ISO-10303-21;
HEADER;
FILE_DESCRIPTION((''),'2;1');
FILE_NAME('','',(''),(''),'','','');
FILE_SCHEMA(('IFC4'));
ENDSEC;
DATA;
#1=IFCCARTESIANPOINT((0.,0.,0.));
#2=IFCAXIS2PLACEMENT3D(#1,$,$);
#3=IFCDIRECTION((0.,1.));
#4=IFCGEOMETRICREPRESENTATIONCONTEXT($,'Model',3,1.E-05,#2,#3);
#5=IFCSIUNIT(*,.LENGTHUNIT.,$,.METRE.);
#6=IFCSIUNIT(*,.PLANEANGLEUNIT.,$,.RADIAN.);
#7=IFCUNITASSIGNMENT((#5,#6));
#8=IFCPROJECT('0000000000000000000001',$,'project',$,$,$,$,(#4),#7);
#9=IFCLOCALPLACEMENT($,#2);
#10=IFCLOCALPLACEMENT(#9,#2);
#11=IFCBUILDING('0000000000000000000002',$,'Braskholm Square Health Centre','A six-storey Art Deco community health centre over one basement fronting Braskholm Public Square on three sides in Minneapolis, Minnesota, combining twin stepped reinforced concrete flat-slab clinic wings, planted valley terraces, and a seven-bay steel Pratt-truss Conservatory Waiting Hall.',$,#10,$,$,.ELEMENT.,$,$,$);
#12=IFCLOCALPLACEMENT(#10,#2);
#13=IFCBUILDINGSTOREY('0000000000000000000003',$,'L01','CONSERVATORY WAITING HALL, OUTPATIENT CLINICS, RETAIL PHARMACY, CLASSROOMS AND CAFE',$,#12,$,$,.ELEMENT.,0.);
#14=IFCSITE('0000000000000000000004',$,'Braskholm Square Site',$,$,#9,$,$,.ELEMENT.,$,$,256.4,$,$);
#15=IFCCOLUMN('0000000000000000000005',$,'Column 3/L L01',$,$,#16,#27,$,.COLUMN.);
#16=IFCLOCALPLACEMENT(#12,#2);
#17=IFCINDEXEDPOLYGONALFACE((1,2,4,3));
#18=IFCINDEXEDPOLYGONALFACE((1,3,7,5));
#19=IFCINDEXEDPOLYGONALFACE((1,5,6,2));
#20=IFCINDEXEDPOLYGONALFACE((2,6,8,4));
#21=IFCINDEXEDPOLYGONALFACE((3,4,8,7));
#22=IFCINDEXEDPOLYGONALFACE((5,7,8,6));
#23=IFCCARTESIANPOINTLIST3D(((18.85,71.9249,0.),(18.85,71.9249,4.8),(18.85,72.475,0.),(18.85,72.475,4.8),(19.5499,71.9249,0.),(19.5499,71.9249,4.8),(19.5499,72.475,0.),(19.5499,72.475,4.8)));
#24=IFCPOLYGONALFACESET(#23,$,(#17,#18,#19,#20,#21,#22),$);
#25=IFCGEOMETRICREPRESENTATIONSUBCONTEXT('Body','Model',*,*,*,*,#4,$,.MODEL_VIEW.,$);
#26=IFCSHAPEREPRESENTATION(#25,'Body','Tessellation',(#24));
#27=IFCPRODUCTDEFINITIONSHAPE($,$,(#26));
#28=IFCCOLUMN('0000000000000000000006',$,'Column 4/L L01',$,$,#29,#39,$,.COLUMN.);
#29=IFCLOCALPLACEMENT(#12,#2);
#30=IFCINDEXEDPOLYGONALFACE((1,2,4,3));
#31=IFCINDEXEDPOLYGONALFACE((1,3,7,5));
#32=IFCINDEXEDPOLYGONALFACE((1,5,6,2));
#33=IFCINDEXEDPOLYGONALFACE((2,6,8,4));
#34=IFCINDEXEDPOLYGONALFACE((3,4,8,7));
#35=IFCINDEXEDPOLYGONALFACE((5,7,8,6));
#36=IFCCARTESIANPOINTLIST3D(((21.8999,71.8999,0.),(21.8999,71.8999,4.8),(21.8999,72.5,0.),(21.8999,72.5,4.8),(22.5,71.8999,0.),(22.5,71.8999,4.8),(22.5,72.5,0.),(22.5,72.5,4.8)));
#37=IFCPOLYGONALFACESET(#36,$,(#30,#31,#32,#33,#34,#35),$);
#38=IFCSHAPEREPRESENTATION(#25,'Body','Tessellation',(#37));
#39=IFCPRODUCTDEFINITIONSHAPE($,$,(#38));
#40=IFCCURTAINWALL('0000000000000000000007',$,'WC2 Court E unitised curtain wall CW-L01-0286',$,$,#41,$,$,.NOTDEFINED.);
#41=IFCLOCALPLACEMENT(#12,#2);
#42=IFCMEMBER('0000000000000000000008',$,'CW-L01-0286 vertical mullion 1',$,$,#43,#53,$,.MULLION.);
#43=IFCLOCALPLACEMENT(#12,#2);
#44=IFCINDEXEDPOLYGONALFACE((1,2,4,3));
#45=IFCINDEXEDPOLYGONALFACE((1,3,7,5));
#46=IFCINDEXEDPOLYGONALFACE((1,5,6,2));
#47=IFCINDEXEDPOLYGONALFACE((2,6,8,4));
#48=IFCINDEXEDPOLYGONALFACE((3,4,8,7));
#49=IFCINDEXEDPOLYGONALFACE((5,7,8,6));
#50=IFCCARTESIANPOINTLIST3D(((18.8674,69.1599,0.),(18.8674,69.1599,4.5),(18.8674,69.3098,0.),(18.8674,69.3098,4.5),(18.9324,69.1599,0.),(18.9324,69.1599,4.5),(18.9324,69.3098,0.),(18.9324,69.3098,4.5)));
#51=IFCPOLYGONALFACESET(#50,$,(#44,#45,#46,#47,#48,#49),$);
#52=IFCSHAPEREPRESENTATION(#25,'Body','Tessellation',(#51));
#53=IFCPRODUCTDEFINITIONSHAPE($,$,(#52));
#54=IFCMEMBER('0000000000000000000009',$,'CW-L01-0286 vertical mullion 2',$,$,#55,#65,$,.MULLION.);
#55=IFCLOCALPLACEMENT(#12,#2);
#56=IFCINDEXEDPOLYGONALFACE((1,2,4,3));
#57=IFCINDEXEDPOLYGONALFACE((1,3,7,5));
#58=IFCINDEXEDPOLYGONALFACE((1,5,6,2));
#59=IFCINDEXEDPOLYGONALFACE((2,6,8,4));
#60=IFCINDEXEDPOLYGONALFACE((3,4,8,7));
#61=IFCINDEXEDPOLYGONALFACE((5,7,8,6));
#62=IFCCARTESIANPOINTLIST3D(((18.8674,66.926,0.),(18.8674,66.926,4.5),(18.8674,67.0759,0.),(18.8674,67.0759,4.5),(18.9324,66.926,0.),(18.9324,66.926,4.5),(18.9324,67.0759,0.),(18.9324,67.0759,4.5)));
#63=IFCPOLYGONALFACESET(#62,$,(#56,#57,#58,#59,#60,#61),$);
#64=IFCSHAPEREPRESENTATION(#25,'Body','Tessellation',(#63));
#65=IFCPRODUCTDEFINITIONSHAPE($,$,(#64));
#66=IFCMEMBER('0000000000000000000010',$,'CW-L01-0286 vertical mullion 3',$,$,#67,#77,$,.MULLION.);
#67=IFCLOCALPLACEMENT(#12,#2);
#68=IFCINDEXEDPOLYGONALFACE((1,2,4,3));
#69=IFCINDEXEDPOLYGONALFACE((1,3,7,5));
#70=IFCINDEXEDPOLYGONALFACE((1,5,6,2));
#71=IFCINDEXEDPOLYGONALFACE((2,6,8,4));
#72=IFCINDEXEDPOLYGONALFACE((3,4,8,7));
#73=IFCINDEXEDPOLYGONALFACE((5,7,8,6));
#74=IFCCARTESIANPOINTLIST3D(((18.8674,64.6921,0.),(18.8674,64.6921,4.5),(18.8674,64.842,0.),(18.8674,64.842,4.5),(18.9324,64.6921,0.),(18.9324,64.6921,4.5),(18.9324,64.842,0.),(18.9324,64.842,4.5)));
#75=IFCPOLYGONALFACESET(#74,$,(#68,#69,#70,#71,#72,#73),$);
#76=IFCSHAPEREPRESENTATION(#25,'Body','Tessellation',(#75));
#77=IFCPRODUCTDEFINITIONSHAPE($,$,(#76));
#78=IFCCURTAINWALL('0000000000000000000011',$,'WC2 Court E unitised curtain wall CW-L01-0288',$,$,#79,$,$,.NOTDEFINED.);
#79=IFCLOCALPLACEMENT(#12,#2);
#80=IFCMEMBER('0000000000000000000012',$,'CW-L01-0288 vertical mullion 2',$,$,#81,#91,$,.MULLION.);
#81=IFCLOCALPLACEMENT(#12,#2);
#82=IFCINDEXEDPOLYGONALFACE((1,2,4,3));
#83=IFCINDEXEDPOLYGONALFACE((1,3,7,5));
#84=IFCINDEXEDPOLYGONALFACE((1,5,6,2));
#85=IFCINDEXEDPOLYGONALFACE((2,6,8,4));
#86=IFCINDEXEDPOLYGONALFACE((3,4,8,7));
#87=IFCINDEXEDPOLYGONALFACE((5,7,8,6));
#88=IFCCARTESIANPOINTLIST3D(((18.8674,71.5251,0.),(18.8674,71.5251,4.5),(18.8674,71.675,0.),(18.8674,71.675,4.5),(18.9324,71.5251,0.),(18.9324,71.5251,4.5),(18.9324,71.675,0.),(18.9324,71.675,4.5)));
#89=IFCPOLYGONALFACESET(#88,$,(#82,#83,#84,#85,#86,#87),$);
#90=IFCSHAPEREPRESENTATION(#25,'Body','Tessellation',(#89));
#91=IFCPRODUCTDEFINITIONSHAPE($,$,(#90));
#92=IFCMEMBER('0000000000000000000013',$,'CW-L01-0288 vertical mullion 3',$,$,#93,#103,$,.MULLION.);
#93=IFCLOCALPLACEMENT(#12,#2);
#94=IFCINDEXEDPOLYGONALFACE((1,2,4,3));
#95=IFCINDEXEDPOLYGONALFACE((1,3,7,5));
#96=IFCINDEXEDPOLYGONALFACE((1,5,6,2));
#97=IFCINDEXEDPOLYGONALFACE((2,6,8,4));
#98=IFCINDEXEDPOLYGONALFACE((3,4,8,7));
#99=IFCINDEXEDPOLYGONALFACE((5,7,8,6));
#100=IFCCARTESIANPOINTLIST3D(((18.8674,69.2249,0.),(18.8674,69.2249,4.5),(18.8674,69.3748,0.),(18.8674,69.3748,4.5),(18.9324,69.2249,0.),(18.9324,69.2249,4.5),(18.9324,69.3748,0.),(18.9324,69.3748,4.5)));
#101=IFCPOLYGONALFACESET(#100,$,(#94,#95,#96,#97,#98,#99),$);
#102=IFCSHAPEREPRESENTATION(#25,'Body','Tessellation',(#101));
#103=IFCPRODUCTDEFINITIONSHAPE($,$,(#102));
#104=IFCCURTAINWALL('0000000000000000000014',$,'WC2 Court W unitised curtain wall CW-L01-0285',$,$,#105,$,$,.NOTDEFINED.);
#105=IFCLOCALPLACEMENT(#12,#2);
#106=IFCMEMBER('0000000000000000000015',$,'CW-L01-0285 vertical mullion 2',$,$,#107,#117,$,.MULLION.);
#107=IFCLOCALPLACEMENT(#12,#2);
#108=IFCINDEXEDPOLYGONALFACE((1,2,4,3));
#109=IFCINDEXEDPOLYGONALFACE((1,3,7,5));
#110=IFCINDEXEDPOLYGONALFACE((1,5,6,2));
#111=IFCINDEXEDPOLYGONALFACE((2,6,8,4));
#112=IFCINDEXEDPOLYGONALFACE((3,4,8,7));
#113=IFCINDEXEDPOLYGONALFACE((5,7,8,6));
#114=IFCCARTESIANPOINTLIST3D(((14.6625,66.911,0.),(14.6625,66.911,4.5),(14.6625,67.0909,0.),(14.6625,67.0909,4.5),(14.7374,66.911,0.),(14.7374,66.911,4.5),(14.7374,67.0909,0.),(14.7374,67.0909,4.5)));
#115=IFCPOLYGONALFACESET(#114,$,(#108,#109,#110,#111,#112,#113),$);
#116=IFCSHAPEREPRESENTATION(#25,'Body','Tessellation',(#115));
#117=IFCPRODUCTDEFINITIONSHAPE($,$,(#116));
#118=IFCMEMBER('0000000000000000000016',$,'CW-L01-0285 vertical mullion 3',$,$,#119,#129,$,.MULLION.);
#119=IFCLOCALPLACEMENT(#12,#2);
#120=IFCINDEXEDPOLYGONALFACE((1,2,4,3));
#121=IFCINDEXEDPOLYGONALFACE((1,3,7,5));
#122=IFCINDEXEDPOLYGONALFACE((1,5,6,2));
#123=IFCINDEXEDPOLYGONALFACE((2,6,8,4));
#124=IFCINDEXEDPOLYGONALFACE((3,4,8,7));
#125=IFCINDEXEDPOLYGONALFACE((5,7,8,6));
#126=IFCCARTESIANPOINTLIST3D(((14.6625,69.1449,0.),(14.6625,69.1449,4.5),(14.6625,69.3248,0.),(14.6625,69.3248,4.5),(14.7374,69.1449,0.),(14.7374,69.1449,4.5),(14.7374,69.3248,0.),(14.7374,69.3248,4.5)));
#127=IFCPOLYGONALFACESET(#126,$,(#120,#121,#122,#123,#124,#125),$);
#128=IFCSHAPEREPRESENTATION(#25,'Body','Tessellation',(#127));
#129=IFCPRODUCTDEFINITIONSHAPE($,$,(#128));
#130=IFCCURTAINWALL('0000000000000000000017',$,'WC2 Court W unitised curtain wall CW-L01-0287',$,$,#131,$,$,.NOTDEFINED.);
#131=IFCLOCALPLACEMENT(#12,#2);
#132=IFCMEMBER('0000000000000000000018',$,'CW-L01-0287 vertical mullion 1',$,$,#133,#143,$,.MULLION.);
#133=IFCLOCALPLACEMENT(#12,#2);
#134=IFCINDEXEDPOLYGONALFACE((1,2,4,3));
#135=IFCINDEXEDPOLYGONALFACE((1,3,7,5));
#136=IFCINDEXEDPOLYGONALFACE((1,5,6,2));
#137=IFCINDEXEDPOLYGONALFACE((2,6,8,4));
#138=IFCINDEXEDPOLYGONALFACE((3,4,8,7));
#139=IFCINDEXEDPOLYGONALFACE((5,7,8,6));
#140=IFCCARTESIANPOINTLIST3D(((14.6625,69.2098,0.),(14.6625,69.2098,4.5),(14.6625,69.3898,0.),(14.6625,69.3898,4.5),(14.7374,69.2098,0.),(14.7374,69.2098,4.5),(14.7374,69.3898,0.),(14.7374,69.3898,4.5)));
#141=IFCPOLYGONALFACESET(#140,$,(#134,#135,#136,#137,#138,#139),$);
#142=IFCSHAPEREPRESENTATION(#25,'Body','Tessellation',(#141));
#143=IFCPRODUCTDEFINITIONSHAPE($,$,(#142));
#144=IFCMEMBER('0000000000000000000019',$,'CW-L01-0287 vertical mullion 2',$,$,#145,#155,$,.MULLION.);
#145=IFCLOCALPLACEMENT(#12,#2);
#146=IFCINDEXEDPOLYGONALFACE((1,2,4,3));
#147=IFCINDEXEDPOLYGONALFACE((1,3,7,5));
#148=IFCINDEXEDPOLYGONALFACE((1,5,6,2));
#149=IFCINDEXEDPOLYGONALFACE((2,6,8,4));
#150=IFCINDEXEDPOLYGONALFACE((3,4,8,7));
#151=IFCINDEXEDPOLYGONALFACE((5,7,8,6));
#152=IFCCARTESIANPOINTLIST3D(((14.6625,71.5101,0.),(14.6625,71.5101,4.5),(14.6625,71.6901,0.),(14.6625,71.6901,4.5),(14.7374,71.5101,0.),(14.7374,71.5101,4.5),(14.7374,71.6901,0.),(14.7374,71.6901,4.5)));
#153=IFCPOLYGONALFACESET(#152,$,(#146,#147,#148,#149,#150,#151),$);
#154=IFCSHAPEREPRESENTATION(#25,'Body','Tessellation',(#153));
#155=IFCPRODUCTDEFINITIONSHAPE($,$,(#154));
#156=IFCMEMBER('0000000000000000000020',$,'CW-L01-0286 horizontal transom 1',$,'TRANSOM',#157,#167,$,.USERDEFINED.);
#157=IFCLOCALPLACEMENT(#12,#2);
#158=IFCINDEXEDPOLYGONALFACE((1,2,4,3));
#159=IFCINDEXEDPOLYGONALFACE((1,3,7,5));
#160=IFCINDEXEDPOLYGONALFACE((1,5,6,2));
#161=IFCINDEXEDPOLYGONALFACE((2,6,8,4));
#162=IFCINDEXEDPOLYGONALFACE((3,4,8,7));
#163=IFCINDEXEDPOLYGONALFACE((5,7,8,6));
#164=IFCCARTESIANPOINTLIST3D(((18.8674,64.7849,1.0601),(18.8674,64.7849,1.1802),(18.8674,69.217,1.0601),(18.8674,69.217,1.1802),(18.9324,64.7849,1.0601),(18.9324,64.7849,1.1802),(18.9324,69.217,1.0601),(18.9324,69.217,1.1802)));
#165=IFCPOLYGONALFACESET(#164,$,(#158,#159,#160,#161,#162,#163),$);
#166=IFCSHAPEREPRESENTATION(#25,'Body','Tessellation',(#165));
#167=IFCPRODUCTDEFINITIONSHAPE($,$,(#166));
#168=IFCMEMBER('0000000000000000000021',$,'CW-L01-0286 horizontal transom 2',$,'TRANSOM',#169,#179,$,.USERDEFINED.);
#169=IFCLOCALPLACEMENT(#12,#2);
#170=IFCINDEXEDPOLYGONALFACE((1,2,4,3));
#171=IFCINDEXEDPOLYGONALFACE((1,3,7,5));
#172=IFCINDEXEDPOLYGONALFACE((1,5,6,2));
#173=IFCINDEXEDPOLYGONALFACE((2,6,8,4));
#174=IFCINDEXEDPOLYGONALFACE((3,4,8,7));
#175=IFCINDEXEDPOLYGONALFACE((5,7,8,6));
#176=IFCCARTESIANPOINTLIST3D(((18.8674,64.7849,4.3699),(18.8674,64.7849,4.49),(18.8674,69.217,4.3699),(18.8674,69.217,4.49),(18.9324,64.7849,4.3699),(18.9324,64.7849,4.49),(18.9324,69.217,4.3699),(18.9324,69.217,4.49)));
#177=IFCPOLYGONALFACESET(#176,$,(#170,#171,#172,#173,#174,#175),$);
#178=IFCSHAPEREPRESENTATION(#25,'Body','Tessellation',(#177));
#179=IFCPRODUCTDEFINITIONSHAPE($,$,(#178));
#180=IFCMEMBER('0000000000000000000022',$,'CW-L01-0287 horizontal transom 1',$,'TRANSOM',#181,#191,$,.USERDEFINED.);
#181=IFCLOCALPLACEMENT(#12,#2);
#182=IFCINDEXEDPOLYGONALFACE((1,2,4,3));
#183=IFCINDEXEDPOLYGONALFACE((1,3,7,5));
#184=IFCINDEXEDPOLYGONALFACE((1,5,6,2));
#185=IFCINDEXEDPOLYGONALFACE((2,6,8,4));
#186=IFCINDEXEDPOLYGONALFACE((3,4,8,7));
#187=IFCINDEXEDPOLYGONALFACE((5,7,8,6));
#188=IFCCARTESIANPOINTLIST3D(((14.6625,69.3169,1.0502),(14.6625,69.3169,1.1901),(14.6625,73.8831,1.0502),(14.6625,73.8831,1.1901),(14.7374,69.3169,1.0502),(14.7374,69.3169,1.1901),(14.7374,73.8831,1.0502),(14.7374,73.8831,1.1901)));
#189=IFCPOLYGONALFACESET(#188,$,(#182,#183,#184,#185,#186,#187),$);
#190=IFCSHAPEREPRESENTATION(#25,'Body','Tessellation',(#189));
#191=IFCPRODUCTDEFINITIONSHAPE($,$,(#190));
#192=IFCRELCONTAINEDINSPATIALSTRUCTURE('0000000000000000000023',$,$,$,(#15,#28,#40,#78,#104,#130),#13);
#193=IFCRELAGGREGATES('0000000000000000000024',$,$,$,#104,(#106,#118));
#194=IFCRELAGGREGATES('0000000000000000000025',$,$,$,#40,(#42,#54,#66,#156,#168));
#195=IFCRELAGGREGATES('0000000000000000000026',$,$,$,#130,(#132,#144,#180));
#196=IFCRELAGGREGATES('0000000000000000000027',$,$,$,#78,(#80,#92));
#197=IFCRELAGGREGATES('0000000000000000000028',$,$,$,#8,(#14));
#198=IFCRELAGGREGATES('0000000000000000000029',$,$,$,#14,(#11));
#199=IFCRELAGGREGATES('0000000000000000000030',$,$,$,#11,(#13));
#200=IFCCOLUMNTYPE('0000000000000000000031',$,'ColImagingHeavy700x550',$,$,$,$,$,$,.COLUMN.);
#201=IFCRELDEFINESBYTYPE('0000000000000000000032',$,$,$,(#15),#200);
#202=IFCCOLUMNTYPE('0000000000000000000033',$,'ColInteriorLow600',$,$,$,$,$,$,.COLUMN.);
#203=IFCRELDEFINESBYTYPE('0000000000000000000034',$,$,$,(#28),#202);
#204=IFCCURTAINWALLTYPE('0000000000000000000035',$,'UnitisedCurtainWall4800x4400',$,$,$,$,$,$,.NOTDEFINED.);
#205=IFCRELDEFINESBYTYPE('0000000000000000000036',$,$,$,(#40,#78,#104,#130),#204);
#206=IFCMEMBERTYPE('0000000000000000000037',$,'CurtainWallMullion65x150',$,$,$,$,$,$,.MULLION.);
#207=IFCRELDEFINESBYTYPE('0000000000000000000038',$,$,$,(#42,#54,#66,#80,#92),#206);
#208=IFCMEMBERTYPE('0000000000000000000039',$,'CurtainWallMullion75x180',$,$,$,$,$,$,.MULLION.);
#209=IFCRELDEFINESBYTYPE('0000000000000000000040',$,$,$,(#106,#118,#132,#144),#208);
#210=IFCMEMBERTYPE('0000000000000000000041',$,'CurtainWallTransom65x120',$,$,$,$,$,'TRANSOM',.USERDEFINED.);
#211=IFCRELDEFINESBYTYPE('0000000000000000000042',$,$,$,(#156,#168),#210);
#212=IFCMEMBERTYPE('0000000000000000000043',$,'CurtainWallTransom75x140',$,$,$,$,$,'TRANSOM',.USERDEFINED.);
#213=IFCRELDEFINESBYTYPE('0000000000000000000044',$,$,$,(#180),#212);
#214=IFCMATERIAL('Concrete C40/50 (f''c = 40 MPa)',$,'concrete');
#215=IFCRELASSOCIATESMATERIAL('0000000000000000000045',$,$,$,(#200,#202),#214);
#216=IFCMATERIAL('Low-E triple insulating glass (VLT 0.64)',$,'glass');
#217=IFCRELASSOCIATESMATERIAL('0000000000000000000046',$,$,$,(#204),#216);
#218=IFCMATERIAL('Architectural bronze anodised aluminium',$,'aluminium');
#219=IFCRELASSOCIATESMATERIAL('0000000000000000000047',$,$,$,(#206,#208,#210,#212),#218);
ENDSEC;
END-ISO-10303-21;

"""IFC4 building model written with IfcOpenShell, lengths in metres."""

from ifc_helpers import new_model, si_unit, direction, frame, origin, origin_2d, place, context, subcontext, project, spatial, rectangle, extrude, material, material_profile, profile_set, type_object, element, aggregate, save


model = new_model("IFC4")

# Units and contexts
model_context = context("Model", 3, precision=1e-05, world=origin(), true_north=direction((0.0, 1.0)))
body_context = subcontext(model_context, "Body", "Model", "MODEL_VIEW")
ifc_project = project(units=[si_unit("LENGTHUNIT", "METRE"), si_unit("PLANEANGLEUNIT", "RADIAN")], contexts=[model_context])

# Site, building, storey
site_placement = place(None, origin())
site = spatial("IfcSite", under=ifc_project, at=site_placement, Name="Braskholm Square Site", CompositionType="ELEMENT", RefElevation=256.4)
building_placement = place(site_placement, origin())
building = spatial("IfcBuilding", under=site, at=building_placement, Name="Braskholm Square Health Centre", Description="A six-storey Art Deco community health centre over one basement fronting Braskholm Public Square on three sides in Minneapolis, Minnesota, combining twin stepped reinforced concrete flat-slab clinic wings, planted valley terraces, and a seven-bay steel Pratt-truss Conservatory Waiting Hall.", CompositionType="ELEMENT")
storey_placement = place(building_placement, origin())
storey = spatial("IfcBuildingStorey", under=building, at=storey_placement, Name="L01", Description="CONSERVATORY WAITING HALL, OUTPATIENT CLINICS, RETAIL PHARMACY, CLASSROOMS AND CAFE", CompositionType="ELEMENT", Elevation=0.0)

# Columns
ifc_material_1 = material(Name="Concrete C40/50 (f'c = 40 MPa)", Category="concrete")
ifc_material_profile_1 = material_profile(ifc_material_1, rectangle(XDim=0.7, YDim=0.55, at=origin_2d()), Name="RC-700X550")
ifc_profile_set_1 = profile_set([ifc_material_profile_1], Name="Concrete C40/50 (f'c = 40 MPa)")
column_type_1 = type_object("IfcColumnType", Name="ColImagingHeavy700x550", PredefinedType="COLUMN", material=ifc_profile_set_1)
column_1_placement = place(storey_placement, frame((19.2, 72.2, 0.0), z_axis=(0.0, 0.0, 1.0), x_axis=(1.0, 0.0, 0.0)))
element("IfcColumn", 1, at=column_1_placement, inside=storey, type_object=column_type_1, Name="Column 3/L L01", PredefinedType="COLUMN", context=body_context, shape_type="SweptSolid", body=[
    extrude(rectangle(XDim=0.7, YDim=0.55, at=origin_2d()), origin(), (0.0, 0.0, 1.0), 4.8),
])
ifc_material_profile_2 = material_profile(ifc_material_1, rectangle(XDim=0.6001, YDim=0.6001, at=origin_2d()), Name="RC-600X600")
ifc_profile_set_2 = profile_set([ifc_material_profile_2], Name="Concrete C40/50 (f'c = 40 MPa)")
column_type_2 = type_object("IfcColumnType", Name="ColInteriorLow600", PredefinedType="COLUMN", material=ifc_profile_set_2)
column_2_placement = place(storey_placement, frame((22.2, 72.2, 0.0), z_axis=(0.0, 0.0, 1.0), x_axis=(1.0, 0.0, 0.0)))
element("IfcColumn", 2, at=column_2_placement, inside=storey, type_object=column_type_2, Name="Column 4/L L01", PredefinedType="COLUMN", context=body_context, shape_type="SweptSolid", body=[
    extrude(rectangle(XDim=0.6001, YDim=0.6001, at=origin_2d()), origin(), (0.0, 0.0, 1.0), 4.8),
])

# Curtain walls, members
ifc_material_2 = material(Name="Low-E triple insulating glass (VLT 0.64)", Category="glass")
curtain_wall_type = type_object("IfcCurtainWallType", Name="UnitisedCurtainWall4800x4400", PredefinedType="NOTDEFINED", material=ifc_material_2)
curtain_wall_1_placement = place(storey_placement, origin())
curtain_wall_1 = element("IfcCurtainWall", 3, at=curtain_wall_1_placement, inside=storey, type_object=curtain_wall_type, Name="WC2 Court E unitised curtain wall CW-L01-0286", PredefinedType="NOTDEFINED")
ifc_material_3 = material(Name="Architectural bronze anodised aluminium", Category="aluminium")
ifc_material_profile_3 = material_profile(ifc_material_3, rectangle(XDim=0.0649, YDim=0.1499, at=origin_2d()), Name="ALU-65X150")
ifc_profile_set_3 = profile_set([ifc_material_profile_3], Name="Architectural bronze anodised aluminium")
member_type_1 = type_object("IfcMemberType", Name="CurtainWallMullion65x150", PredefinedType="MULLION", material=ifc_profile_set_3)
member_1_placement = place(storey_placement, frame((18.8999, 69.2349, 0.0), z_axis=(0.0, 0.0, 1.0), x_axis=(1.0, 0.0, 0.0)))
member_1 = element("IfcMember", 4, at=member_1_placement, type_object=member_type_1, Name="CW-L01-0286 vertical mullion 1", PredefinedType="MULLION", context=body_context, shape_type="SweptSolid", body=[
    extrude(rectangle(XDim=0.0649, YDim=0.1499, at=origin_2d()), origin(), (0.0, 0.0, 1.0), 4.5),
])
member_2_placement = place(storey_placement, frame((18.8999, 67.001, 0.0), z_axis=(0.0, 0.0, 1.0), x_axis=(1.0, 0.0, 0.0)))
member_2 = element("IfcMember", 5, at=member_2_placement, type_object=member_type_1, Name="CW-L01-0286 vertical mullion 2", PredefinedType="MULLION", context=body_context, shape_type="SweptSolid", body=[
    extrude(rectangle(XDim=0.0649, YDim=0.1499, at=origin_2d()), origin(), (0.0, 0.0, 1.0), 4.5),
])
member_3_placement = place(storey_placement, frame((18.8999, 64.7671, 0.0), z_axis=(0.0, 0.0, 1.0), x_axis=(1.0, 0.0, 0.0)))
member_3 = element("IfcMember", 6, at=member_3_placement, type_object=member_type_1, Name="CW-L01-0286 vertical mullion 3", PredefinedType="MULLION", context=body_context, shape_type="SweptSolid", body=[
    extrude(rectangle(XDim=0.0649, YDim=0.1499, at=origin_2d()), origin(), (0.0, 0.0, 1.0), 4.5),
])
curtain_wall_2_placement = place(storey_placement, origin())
curtain_wall_2 = element("IfcCurtainWall", 7, at=curtain_wall_2_placement, inside=storey, type_object=curtain_wall_type, Name="WC2 Court E unitised curtain wall CW-L01-0288", PredefinedType="NOTDEFINED")
member_4_placement = place(storey_placement, frame((18.8999, 71.6001, 0.0), z_axis=(0.0, 0.0, 1.0), x_axis=(1.0, 0.0, 0.0)))
member_4 = element("IfcMember", 8, at=member_4_placement, type_object=member_type_1, Name="CW-L01-0288 vertical mullion 2", PredefinedType="MULLION", context=body_context, shape_type="SweptSolid", body=[
    extrude(rectangle(XDim=0.0649, YDim=0.1499, at=origin_2d()), origin(), (0.0, 0.0, 1.0), 4.5),
])
member_5_placement = place(storey_placement, frame((18.8999, 69.2998, 0.0), z_axis=(0.0, 0.0, 1.0), x_axis=(1.0, 0.0, 0.0)))
member_5 = element("IfcMember", 9, at=member_5_placement, type_object=member_type_1, Name="CW-L01-0288 vertical mullion 3", PredefinedType="MULLION", context=body_context, shape_type="SweptSolid", body=[
    extrude(rectangle(XDim=0.0649, YDim=0.1499, at=origin_2d()), origin(), (0.0, 0.0, 1.0), 4.5),
])
curtain_wall_3_placement = place(storey_placement, origin())
curtain_wall_3 = element("IfcCurtainWall", 10, at=curtain_wall_3_placement, inside=storey, type_object=curtain_wall_type, Name="WC2 Court W unitised curtain wall CW-L01-0285", PredefinedType="NOTDEFINED")
ifc_material_profile_4 = material_profile(ifc_material_3, rectangle(XDim=0.075, YDim=0.1799, at=origin_2d()), Name="ALU-75X180")
ifc_profile_set_4 = profile_set([ifc_material_profile_4], Name="Architectural bronze anodised aluminium")
member_type_2 = type_object("IfcMemberType", Name="CurtainWallMullion75x180", PredefinedType="MULLION", material=ifc_profile_set_4)
member_6_placement = place(storey_placement, frame((14.7, 67.001, 0.0), z_axis=(0.0, 0.0, 1.0), x_axis=(1.0, 0.0, 0.0)))
member_6 = element("IfcMember", 11, at=member_6_placement, type_object=member_type_2, Name="CW-L01-0285 vertical mullion 2", PredefinedType="MULLION", context=body_context, shape_type="SweptSolid", body=[
    extrude(rectangle(XDim=0.075, YDim=0.1799, at=origin_2d()), origin(), (0.0, 0.0, 1.0), 4.5),
])
member_7_placement = place(storey_placement, frame((14.7, 69.2349, 0.0), z_axis=(0.0, 0.0, 1.0), x_axis=(1.0, 0.0, 0.0)))
member_7 = element("IfcMember", 12, at=member_7_placement, type_object=member_type_2, Name="CW-L01-0285 vertical mullion 3", PredefinedType="MULLION", context=body_context, shape_type="SweptSolid", body=[
    extrude(rectangle(XDim=0.075, YDim=0.1799, at=origin_2d()), origin(), (0.0, 0.0, 1.0), 4.5),
])
curtain_wall_4_placement = place(storey_placement, origin())
curtain_wall_4 = element("IfcCurtainWall", 13, at=curtain_wall_4_placement, inside=storey, type_object=curtain_wall_type, Name="WC2 Court W unitised curtain wall CW-L01-0287", PredefinedType="NOTDEFINED")
member_8_placement = place(storey_placement, frame((14.7, 69.2998, 0.0), z_axis=(0.0, 0.0, 1.0), x_axis=(1.0, 0.0, 0.0)))
member_8 = element("IfcMember", 14, at=member_8_placement, type_object=member_type_2, Name="CW-L01-0287 vertical mullion 1", PredefinedType="MULLION", context=body_context, shape_type="SweptSolid", body=[
    extrude(rectangle(XDim=0.075, YDim=0.1799, at=origin_2d()), origin(), (0.0, 0.0, 1.0), 4.5),
])
member_9_placement = place(storey_placement, frame((14.7, 71.6001, 0.0), z_axis=(0.0, 0.0, 1.0), x_axis=(1.0, 0.0, 0.0)))
member_9 = element("IfcMember", 15, at=member_9_placement, type_object=member_type_2, Name="CW-L01-0287 vertical mullion 2", PredefinedType="MULLION", context=body_context, shape_type="SweptSolid", body=[
    extrude(rectangle(XDim=0.075, YDim=0.1799, at=origin_2d()), origin(), (0.0, 0.0, 1.0), 4.5),
])

# Members
ifc_material_profile_5 = material_profile(ifc_material_3, rectangle(XDim=0.0649, YDim=0.1201, at=origin_2d()), Name="ALU-65X120")
ifc_profile_set_5 = profile_set([ifc_material_profile_5], Name="Architectural bronze anodised aluminium")
member_type_3 = type_object("IfcMemberType", Name="CurtainWallTransom65x120", ElementType="TRANSOM", PredefinedType="USERDEFINED", material=ifc_profile_set_5)
member_10_placement = place(storey_placement, frame((18.8999, 69.217, 1.1201), z_axis=(0.0, -1.0, 0.0), x_axis=(1.0, 0.0, 0.0)))
member_10 = element("IfcMember", 16, at=member_10_placement, type_object=member_type_3, Name="CW-L01-0286 horizontal transom 1", ObjectType="TRANSOM", PredefinedType="USERDEFINED", context=body_context, shape_type="SweptSolid", body=[
    extrude(rectangle(XDim=0.0649, YDim=0.1201, at=origin_2d()), origin(), (0.0, 0.0, 1.0), 4.4321),
])
member_11_placement = place(storey_placement, frame((18.8999, 69.217, 4.4299), z_axis=(0.0, -1.0, 0.0), x_axis=(1.0, 0.0, 0.0)))
member_11 = element("IfcMember", 17, at=member_11_placement, type_object=member_type_3, Name="CW-L01-0286 horizontal transom 2", ObjectType="TRANSOM", PredefinedType="USERDEFINED", context=body_context, shape_type="SweptSolid", body=[
    extrude(rectangle(XDim=0.0649, YDim=0.1201, at=origin_2d()), origin(), (0.0, 0.0, 1.0), 4.4321),
])
ifc_material_profile_6 = material_profile(ifc_material_3, rectangle(XDim=0.075, YDim=0.1399, at=origin_2d()), Name="ALU-75X140")
ifc_profile_set_6 = profile_set([ifc_material_profile_6], Name="Architectural bronze anodised aluminium")
member_type_4 = type_object("IfcMemberType", Name="CurtainWallTransom75x140", ElementType="TRANSOM", PredefinedType="USERDEFINED", material=ifc_profile_set_6)
member_12_placement = place(storey_placement, frame((14.7, 69.3169, 1.1201), z_axis=(0.0, 1.0, 0.0), x_axis=(-1.0, 0.0, 0.0)))
member_12 = element("IfcMember", 18, at=member_12_placement, type_object=member_type_4, Name="CW-L01-0287 horizontal transom 1", ObjectType="TRANSOM", PredefinedType="USERDEFINED", context=body_context, shape_type="SweptSolid", body=[
    extrude(rectangle(XDim=0.075, YDim=0.1399, at=origin_2d()), origin(), (0.0, 0.0, 1.0), 4.5662),
])

aggregate(curtain_wall_3, [member_6, member_7])
aggregate(curtain_wall_1, [member_1, member_2, member_3, member_10, member_11])
aggregate(curtain_wall_4, [member_8, member_9, member_12])
aggregate(curtain_wall_2, [member_4, member_5])

save(model, "model.ifc")
